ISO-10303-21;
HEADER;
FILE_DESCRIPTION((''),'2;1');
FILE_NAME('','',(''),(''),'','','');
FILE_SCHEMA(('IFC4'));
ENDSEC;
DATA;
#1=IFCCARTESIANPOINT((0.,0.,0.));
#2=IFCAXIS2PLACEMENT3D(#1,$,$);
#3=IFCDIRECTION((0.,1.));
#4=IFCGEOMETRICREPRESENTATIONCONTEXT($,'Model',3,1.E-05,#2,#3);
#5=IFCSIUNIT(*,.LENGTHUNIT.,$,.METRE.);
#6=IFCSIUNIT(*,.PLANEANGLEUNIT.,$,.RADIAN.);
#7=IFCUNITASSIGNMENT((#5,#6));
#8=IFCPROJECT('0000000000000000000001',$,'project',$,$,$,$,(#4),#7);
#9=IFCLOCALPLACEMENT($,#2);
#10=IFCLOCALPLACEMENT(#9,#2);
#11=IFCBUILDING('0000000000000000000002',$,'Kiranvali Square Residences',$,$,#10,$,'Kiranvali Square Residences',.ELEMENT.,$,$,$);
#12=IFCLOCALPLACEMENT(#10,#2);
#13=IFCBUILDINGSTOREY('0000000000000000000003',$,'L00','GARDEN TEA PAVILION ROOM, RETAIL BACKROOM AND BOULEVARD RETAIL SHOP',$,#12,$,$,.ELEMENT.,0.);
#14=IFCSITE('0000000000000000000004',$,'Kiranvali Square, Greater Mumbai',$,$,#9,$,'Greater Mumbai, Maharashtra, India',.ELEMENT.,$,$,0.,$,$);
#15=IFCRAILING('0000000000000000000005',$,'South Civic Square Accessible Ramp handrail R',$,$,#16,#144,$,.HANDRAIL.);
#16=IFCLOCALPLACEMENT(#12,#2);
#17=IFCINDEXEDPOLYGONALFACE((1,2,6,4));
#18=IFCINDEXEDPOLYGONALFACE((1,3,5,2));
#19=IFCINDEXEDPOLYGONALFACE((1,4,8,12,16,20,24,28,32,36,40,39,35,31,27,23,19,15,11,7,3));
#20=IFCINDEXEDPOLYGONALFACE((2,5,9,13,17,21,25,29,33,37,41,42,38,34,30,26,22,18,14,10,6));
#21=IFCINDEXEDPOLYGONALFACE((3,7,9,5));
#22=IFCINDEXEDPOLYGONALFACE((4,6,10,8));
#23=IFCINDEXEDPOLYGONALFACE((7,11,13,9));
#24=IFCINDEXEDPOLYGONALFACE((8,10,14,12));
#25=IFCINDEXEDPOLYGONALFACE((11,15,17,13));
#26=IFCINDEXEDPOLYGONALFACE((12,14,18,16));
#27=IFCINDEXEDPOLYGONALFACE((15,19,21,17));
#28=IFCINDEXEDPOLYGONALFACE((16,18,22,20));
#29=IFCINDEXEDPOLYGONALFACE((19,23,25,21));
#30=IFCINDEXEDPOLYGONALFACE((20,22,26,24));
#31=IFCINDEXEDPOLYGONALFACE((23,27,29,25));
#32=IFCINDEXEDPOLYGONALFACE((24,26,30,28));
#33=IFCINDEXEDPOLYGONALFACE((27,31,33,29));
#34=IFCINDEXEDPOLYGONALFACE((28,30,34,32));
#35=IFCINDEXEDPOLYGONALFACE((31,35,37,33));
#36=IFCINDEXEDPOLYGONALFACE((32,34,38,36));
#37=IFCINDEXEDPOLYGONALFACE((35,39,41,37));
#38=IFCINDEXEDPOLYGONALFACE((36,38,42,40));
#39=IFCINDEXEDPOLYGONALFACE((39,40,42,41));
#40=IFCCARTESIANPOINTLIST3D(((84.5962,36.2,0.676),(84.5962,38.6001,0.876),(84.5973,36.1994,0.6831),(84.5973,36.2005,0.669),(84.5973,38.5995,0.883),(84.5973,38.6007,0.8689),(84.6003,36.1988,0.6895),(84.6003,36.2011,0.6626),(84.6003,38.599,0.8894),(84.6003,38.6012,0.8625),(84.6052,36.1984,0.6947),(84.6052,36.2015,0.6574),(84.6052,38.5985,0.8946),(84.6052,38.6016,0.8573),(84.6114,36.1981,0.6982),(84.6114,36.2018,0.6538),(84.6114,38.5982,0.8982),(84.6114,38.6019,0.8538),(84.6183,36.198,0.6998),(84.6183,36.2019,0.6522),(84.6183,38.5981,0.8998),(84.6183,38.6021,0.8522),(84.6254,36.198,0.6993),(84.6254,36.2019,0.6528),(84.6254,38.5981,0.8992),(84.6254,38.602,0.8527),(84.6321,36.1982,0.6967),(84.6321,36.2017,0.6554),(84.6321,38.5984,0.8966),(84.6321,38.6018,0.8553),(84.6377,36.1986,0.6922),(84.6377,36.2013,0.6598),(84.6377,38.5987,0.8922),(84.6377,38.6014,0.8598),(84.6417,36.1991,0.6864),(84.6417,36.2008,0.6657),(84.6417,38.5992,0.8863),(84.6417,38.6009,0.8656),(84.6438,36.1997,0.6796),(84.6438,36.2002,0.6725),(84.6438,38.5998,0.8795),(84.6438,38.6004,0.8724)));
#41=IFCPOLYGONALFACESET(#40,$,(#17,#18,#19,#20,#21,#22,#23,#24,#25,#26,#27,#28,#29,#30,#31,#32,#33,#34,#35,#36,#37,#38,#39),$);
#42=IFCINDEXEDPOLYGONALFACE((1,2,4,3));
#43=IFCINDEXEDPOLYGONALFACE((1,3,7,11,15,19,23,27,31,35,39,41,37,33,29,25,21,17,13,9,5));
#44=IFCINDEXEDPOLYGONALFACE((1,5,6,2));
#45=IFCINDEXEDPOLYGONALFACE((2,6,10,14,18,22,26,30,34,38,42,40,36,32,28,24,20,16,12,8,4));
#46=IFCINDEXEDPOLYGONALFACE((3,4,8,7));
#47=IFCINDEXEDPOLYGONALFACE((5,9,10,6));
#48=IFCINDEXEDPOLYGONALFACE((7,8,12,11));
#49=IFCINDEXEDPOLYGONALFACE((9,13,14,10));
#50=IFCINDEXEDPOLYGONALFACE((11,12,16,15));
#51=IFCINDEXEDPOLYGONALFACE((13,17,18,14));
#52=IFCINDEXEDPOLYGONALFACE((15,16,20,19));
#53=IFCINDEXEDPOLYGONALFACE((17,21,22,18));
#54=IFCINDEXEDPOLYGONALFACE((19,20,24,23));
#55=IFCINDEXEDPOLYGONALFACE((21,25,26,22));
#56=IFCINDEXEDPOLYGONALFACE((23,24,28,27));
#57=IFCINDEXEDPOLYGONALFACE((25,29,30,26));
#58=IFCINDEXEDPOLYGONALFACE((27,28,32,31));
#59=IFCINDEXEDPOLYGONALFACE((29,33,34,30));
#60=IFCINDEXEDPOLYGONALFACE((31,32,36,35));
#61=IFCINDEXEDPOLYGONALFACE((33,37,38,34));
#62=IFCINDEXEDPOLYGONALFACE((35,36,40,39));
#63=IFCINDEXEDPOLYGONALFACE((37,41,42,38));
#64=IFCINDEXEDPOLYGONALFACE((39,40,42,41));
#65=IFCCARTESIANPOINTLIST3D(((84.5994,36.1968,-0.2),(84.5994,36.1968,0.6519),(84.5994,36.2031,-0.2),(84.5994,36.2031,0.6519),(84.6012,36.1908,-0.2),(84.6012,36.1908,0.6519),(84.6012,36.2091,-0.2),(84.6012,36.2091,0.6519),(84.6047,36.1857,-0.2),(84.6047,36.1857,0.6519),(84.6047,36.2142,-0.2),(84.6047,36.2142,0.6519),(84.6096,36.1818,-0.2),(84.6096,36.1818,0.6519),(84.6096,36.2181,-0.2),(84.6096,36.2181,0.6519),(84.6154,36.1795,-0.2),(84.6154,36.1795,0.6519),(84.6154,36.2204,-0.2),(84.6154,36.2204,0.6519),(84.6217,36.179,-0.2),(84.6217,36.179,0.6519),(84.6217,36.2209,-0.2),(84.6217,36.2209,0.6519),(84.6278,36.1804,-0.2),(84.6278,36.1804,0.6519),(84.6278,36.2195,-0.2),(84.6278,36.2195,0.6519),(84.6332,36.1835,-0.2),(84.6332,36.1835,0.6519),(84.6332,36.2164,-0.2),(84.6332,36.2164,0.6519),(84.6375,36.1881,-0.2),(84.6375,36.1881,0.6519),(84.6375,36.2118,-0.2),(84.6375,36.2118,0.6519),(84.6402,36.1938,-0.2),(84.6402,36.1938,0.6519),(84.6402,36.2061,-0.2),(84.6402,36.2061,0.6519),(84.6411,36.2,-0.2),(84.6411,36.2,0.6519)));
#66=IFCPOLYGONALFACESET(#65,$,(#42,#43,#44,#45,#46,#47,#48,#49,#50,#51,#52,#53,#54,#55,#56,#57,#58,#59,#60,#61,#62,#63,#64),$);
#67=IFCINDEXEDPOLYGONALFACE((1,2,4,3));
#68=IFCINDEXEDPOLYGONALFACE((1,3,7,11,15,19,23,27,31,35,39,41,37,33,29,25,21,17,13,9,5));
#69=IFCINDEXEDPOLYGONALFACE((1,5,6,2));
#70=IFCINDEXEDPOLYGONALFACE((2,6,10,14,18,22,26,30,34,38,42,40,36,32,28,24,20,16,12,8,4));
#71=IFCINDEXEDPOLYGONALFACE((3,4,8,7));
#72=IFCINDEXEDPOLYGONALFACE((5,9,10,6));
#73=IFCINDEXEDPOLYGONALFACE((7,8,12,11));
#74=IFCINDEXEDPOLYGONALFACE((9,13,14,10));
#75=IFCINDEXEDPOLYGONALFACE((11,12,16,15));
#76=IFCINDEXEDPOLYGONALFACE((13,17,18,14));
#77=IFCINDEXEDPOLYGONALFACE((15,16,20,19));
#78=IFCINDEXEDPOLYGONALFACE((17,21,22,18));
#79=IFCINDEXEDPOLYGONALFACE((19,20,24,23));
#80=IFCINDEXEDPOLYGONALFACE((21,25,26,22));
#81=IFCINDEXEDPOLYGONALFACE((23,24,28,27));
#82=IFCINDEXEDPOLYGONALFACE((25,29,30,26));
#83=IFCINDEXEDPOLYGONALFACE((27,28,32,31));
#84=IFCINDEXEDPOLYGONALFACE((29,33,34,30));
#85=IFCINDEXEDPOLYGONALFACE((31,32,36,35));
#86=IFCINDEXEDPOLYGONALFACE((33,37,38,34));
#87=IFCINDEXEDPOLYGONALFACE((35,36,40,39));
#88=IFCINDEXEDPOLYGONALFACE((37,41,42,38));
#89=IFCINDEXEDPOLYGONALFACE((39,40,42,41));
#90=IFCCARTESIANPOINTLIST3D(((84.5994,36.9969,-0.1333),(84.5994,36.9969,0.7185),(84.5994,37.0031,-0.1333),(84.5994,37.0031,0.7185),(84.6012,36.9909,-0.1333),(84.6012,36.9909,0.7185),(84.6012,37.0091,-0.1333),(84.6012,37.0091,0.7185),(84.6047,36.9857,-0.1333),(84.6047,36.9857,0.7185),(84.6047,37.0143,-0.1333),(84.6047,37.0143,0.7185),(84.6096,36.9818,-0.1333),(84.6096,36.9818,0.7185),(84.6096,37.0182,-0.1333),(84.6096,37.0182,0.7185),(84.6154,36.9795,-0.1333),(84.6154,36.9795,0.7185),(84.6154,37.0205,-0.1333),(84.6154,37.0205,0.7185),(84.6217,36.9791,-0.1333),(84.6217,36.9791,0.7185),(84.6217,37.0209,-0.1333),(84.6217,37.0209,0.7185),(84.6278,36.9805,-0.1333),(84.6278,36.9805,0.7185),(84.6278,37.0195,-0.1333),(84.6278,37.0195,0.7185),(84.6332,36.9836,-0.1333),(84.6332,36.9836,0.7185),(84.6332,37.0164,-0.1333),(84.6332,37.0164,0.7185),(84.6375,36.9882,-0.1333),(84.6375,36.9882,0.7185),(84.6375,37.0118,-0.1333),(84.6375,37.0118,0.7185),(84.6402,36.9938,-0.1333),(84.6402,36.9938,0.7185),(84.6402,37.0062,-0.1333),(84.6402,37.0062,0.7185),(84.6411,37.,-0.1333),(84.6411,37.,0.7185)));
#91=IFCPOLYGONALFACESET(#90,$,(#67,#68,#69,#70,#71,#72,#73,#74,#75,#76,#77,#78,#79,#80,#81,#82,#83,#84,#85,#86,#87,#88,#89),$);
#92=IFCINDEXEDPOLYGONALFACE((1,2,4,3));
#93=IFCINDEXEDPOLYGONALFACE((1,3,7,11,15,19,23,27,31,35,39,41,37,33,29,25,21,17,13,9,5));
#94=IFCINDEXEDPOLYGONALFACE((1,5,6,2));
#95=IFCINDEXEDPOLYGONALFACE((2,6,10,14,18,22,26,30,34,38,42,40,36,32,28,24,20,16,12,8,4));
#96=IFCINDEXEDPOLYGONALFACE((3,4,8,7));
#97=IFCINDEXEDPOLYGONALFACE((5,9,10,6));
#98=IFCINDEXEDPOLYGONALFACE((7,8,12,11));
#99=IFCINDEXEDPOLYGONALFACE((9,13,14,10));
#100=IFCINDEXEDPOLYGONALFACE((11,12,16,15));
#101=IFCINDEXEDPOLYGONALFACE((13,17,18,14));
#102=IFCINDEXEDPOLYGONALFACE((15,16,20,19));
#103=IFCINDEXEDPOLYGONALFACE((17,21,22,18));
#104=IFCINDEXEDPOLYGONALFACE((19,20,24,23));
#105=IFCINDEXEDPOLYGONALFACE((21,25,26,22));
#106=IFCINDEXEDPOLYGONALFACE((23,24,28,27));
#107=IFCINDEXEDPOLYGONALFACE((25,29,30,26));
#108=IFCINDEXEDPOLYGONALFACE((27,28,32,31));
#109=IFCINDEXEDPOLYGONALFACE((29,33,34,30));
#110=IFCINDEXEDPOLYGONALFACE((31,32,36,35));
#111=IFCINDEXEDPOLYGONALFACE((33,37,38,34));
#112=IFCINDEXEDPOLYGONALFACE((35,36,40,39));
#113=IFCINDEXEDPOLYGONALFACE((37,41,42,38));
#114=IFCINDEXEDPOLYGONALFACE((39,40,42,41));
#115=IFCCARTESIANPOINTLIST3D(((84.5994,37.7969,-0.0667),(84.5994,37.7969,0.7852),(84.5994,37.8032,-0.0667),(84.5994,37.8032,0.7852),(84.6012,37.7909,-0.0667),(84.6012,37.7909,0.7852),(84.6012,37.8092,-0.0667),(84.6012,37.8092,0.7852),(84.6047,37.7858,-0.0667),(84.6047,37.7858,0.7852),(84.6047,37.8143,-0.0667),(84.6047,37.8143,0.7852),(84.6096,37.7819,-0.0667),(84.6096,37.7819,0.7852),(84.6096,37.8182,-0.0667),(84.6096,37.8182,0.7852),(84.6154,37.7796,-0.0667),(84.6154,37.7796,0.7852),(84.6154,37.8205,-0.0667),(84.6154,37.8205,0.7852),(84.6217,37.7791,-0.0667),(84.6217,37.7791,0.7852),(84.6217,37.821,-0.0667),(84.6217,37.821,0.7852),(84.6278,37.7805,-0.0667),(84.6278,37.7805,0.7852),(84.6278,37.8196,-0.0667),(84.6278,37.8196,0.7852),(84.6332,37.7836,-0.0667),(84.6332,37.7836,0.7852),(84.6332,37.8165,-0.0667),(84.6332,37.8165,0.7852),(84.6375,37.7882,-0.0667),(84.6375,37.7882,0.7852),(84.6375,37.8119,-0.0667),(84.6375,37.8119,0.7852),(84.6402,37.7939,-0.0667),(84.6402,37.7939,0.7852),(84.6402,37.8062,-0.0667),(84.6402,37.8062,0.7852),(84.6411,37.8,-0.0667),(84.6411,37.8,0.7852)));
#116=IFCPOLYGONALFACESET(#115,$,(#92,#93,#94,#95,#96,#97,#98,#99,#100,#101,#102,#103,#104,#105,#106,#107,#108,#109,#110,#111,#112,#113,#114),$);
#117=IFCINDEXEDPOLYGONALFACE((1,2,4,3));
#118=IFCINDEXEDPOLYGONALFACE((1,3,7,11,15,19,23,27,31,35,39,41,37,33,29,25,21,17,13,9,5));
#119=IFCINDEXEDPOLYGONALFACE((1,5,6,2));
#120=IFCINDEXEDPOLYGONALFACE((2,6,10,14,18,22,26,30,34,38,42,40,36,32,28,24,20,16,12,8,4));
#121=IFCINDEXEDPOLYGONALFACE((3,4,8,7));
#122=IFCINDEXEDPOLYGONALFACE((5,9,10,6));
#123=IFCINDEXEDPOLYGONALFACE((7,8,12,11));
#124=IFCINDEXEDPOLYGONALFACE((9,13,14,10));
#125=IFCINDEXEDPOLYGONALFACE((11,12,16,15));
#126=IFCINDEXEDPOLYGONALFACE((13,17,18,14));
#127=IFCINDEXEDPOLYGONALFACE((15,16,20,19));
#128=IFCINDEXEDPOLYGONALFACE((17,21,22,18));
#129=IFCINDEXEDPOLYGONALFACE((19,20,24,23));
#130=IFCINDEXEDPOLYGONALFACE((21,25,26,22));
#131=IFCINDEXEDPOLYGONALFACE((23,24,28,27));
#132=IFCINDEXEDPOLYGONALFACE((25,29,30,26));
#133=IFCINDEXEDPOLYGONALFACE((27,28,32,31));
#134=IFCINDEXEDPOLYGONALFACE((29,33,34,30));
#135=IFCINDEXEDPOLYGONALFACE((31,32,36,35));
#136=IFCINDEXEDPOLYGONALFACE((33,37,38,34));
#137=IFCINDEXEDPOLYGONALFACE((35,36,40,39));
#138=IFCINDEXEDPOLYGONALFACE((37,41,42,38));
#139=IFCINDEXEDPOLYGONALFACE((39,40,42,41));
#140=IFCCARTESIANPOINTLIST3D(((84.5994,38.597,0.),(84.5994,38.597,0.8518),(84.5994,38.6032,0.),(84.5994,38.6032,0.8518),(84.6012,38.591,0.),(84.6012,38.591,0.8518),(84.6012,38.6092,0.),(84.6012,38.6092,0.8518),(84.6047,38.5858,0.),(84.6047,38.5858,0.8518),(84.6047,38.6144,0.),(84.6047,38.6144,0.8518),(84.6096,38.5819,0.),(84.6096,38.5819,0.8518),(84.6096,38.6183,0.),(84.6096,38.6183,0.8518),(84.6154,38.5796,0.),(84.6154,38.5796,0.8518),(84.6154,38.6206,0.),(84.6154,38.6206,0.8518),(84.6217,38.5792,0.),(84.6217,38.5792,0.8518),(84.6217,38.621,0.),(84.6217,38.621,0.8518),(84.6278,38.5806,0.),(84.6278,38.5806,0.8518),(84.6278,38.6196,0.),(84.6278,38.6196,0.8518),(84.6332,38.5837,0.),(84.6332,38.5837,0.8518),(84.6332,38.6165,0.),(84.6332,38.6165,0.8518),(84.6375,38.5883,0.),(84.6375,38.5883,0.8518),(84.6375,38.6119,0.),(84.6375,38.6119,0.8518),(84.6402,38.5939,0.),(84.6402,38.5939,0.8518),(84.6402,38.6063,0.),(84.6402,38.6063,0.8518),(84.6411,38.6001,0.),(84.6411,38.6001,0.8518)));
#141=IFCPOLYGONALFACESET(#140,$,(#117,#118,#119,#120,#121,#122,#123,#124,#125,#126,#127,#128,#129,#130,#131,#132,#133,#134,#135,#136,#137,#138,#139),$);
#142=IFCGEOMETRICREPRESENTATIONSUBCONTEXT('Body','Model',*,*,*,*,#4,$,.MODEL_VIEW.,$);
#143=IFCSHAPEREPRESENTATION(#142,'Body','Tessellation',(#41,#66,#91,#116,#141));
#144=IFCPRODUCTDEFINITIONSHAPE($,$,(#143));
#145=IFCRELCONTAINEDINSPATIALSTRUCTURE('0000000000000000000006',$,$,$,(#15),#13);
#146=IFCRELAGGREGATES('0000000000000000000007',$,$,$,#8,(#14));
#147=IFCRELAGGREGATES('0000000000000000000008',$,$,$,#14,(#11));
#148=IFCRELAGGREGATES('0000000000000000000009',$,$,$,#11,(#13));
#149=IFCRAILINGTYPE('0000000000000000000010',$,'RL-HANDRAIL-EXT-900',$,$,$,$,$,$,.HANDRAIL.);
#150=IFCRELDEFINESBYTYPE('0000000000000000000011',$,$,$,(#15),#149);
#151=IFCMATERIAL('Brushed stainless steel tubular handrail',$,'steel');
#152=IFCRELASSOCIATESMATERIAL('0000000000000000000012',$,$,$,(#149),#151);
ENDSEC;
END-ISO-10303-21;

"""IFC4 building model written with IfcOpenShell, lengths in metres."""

from ifc_helpers import new_model, si_unit, direction, frame, origin, origin_2d, place, context, subcontext, project, spatial, circle, extrude, material, type_object, element, save


model = new_model("IFC4")

# Units and contexts
model_context = context("Model", 3, precision=1e-05, world=origin(), true_north=direction((0.0, 1.0)))
body_context = subcontext(model_context, "Body", "Model", "MODEL_VIEW")
ifc_project = project(units=[si_unit("LENGTHUNIT", "METRE"), si_unit("PLANEANGLEUNIT", "RADIAN")], contexts=[model_context])

# Site, building, storey
site_placement = place(None, origin())
site = spatial("IfcSite", under=ifc_project, at=site_placement, Name="Kiranvali Square, Greater Mumbai", LongName="Greater Mumbai, Maharashtra, India", CompositionType="ELEMENT", RefElevation=0.0)
building_placement = place(site_placement, origin())
building = spatial("IfcBuilding", under=site, at=building_placement, Name="Kiranvali Square Residences", LongName="Kiranvali Square Residences", CompositionType="ELEMENT")
storey_placement = place(building_placement, origin())
storey = spatial("IfcBuildingStorey", under=building, at=storey_placement, Name="L00", Description="GARDEN TEA PAVILION ROOM, RETAIL BACKROOM AND BOULEVARD RETAIL SHOP", CompositionType="ELEMENT", Elevation=0.0)

# Railing
ifc_material_1 = material(Name="Brushed stainless steel tubular handrail", Category="steel")
railing_type = type_object("IfcRailingType", Name="RL-HANDRAIL-EXT-900", PredefinedType="HANDRAIL", material=ifc_material_1)
for number, where, name in (
    (1, (84.6201, 36.2, -0.2), "South Civic Square Accessible Ramp handrail R"),
):
    element("IfcRailing", number, at=place(storey_placement, frame(where)), inside=storey, type_object=railing_type, Name=name, PredefinedType="HANDRAIL", context=body_context, shape_type="SweptSolid", body=[
        extrude(circle(Radius=0.0239, at=origin_2d()), frame((0.0, 0.0, 0.876), z_axis=(0.0, 0.996548, 0.08302), x_axis=(-1.0, 0.0, 0.0)), (0.0, 0.0, 1.0), 2.4084),
        extrude(circle(Radius=0.021, at=origin_2d()), origin(), (0.0, 0.0, 1.0), 0.8518),
        extrude(circle(Radius=0.021, at=origin_2d()), frame((0.0, 0.8, 0.0667)), (0.0, 0.0, 1.0), 0.8518),
        extrude(circle(Radius=0.021, at=origin_2d()), frame((0.0, 1.6001, 0.1333)), (0.0, 0.0, 1.0), 0.8518),
        extrude(circle(Radius=0.021, at=origin_2d()), frame((0.0, 2.4001, 0.2)), (0.0, 0.0, 1.0), 0.8518),
    ])

save(model, "model.ifc")
